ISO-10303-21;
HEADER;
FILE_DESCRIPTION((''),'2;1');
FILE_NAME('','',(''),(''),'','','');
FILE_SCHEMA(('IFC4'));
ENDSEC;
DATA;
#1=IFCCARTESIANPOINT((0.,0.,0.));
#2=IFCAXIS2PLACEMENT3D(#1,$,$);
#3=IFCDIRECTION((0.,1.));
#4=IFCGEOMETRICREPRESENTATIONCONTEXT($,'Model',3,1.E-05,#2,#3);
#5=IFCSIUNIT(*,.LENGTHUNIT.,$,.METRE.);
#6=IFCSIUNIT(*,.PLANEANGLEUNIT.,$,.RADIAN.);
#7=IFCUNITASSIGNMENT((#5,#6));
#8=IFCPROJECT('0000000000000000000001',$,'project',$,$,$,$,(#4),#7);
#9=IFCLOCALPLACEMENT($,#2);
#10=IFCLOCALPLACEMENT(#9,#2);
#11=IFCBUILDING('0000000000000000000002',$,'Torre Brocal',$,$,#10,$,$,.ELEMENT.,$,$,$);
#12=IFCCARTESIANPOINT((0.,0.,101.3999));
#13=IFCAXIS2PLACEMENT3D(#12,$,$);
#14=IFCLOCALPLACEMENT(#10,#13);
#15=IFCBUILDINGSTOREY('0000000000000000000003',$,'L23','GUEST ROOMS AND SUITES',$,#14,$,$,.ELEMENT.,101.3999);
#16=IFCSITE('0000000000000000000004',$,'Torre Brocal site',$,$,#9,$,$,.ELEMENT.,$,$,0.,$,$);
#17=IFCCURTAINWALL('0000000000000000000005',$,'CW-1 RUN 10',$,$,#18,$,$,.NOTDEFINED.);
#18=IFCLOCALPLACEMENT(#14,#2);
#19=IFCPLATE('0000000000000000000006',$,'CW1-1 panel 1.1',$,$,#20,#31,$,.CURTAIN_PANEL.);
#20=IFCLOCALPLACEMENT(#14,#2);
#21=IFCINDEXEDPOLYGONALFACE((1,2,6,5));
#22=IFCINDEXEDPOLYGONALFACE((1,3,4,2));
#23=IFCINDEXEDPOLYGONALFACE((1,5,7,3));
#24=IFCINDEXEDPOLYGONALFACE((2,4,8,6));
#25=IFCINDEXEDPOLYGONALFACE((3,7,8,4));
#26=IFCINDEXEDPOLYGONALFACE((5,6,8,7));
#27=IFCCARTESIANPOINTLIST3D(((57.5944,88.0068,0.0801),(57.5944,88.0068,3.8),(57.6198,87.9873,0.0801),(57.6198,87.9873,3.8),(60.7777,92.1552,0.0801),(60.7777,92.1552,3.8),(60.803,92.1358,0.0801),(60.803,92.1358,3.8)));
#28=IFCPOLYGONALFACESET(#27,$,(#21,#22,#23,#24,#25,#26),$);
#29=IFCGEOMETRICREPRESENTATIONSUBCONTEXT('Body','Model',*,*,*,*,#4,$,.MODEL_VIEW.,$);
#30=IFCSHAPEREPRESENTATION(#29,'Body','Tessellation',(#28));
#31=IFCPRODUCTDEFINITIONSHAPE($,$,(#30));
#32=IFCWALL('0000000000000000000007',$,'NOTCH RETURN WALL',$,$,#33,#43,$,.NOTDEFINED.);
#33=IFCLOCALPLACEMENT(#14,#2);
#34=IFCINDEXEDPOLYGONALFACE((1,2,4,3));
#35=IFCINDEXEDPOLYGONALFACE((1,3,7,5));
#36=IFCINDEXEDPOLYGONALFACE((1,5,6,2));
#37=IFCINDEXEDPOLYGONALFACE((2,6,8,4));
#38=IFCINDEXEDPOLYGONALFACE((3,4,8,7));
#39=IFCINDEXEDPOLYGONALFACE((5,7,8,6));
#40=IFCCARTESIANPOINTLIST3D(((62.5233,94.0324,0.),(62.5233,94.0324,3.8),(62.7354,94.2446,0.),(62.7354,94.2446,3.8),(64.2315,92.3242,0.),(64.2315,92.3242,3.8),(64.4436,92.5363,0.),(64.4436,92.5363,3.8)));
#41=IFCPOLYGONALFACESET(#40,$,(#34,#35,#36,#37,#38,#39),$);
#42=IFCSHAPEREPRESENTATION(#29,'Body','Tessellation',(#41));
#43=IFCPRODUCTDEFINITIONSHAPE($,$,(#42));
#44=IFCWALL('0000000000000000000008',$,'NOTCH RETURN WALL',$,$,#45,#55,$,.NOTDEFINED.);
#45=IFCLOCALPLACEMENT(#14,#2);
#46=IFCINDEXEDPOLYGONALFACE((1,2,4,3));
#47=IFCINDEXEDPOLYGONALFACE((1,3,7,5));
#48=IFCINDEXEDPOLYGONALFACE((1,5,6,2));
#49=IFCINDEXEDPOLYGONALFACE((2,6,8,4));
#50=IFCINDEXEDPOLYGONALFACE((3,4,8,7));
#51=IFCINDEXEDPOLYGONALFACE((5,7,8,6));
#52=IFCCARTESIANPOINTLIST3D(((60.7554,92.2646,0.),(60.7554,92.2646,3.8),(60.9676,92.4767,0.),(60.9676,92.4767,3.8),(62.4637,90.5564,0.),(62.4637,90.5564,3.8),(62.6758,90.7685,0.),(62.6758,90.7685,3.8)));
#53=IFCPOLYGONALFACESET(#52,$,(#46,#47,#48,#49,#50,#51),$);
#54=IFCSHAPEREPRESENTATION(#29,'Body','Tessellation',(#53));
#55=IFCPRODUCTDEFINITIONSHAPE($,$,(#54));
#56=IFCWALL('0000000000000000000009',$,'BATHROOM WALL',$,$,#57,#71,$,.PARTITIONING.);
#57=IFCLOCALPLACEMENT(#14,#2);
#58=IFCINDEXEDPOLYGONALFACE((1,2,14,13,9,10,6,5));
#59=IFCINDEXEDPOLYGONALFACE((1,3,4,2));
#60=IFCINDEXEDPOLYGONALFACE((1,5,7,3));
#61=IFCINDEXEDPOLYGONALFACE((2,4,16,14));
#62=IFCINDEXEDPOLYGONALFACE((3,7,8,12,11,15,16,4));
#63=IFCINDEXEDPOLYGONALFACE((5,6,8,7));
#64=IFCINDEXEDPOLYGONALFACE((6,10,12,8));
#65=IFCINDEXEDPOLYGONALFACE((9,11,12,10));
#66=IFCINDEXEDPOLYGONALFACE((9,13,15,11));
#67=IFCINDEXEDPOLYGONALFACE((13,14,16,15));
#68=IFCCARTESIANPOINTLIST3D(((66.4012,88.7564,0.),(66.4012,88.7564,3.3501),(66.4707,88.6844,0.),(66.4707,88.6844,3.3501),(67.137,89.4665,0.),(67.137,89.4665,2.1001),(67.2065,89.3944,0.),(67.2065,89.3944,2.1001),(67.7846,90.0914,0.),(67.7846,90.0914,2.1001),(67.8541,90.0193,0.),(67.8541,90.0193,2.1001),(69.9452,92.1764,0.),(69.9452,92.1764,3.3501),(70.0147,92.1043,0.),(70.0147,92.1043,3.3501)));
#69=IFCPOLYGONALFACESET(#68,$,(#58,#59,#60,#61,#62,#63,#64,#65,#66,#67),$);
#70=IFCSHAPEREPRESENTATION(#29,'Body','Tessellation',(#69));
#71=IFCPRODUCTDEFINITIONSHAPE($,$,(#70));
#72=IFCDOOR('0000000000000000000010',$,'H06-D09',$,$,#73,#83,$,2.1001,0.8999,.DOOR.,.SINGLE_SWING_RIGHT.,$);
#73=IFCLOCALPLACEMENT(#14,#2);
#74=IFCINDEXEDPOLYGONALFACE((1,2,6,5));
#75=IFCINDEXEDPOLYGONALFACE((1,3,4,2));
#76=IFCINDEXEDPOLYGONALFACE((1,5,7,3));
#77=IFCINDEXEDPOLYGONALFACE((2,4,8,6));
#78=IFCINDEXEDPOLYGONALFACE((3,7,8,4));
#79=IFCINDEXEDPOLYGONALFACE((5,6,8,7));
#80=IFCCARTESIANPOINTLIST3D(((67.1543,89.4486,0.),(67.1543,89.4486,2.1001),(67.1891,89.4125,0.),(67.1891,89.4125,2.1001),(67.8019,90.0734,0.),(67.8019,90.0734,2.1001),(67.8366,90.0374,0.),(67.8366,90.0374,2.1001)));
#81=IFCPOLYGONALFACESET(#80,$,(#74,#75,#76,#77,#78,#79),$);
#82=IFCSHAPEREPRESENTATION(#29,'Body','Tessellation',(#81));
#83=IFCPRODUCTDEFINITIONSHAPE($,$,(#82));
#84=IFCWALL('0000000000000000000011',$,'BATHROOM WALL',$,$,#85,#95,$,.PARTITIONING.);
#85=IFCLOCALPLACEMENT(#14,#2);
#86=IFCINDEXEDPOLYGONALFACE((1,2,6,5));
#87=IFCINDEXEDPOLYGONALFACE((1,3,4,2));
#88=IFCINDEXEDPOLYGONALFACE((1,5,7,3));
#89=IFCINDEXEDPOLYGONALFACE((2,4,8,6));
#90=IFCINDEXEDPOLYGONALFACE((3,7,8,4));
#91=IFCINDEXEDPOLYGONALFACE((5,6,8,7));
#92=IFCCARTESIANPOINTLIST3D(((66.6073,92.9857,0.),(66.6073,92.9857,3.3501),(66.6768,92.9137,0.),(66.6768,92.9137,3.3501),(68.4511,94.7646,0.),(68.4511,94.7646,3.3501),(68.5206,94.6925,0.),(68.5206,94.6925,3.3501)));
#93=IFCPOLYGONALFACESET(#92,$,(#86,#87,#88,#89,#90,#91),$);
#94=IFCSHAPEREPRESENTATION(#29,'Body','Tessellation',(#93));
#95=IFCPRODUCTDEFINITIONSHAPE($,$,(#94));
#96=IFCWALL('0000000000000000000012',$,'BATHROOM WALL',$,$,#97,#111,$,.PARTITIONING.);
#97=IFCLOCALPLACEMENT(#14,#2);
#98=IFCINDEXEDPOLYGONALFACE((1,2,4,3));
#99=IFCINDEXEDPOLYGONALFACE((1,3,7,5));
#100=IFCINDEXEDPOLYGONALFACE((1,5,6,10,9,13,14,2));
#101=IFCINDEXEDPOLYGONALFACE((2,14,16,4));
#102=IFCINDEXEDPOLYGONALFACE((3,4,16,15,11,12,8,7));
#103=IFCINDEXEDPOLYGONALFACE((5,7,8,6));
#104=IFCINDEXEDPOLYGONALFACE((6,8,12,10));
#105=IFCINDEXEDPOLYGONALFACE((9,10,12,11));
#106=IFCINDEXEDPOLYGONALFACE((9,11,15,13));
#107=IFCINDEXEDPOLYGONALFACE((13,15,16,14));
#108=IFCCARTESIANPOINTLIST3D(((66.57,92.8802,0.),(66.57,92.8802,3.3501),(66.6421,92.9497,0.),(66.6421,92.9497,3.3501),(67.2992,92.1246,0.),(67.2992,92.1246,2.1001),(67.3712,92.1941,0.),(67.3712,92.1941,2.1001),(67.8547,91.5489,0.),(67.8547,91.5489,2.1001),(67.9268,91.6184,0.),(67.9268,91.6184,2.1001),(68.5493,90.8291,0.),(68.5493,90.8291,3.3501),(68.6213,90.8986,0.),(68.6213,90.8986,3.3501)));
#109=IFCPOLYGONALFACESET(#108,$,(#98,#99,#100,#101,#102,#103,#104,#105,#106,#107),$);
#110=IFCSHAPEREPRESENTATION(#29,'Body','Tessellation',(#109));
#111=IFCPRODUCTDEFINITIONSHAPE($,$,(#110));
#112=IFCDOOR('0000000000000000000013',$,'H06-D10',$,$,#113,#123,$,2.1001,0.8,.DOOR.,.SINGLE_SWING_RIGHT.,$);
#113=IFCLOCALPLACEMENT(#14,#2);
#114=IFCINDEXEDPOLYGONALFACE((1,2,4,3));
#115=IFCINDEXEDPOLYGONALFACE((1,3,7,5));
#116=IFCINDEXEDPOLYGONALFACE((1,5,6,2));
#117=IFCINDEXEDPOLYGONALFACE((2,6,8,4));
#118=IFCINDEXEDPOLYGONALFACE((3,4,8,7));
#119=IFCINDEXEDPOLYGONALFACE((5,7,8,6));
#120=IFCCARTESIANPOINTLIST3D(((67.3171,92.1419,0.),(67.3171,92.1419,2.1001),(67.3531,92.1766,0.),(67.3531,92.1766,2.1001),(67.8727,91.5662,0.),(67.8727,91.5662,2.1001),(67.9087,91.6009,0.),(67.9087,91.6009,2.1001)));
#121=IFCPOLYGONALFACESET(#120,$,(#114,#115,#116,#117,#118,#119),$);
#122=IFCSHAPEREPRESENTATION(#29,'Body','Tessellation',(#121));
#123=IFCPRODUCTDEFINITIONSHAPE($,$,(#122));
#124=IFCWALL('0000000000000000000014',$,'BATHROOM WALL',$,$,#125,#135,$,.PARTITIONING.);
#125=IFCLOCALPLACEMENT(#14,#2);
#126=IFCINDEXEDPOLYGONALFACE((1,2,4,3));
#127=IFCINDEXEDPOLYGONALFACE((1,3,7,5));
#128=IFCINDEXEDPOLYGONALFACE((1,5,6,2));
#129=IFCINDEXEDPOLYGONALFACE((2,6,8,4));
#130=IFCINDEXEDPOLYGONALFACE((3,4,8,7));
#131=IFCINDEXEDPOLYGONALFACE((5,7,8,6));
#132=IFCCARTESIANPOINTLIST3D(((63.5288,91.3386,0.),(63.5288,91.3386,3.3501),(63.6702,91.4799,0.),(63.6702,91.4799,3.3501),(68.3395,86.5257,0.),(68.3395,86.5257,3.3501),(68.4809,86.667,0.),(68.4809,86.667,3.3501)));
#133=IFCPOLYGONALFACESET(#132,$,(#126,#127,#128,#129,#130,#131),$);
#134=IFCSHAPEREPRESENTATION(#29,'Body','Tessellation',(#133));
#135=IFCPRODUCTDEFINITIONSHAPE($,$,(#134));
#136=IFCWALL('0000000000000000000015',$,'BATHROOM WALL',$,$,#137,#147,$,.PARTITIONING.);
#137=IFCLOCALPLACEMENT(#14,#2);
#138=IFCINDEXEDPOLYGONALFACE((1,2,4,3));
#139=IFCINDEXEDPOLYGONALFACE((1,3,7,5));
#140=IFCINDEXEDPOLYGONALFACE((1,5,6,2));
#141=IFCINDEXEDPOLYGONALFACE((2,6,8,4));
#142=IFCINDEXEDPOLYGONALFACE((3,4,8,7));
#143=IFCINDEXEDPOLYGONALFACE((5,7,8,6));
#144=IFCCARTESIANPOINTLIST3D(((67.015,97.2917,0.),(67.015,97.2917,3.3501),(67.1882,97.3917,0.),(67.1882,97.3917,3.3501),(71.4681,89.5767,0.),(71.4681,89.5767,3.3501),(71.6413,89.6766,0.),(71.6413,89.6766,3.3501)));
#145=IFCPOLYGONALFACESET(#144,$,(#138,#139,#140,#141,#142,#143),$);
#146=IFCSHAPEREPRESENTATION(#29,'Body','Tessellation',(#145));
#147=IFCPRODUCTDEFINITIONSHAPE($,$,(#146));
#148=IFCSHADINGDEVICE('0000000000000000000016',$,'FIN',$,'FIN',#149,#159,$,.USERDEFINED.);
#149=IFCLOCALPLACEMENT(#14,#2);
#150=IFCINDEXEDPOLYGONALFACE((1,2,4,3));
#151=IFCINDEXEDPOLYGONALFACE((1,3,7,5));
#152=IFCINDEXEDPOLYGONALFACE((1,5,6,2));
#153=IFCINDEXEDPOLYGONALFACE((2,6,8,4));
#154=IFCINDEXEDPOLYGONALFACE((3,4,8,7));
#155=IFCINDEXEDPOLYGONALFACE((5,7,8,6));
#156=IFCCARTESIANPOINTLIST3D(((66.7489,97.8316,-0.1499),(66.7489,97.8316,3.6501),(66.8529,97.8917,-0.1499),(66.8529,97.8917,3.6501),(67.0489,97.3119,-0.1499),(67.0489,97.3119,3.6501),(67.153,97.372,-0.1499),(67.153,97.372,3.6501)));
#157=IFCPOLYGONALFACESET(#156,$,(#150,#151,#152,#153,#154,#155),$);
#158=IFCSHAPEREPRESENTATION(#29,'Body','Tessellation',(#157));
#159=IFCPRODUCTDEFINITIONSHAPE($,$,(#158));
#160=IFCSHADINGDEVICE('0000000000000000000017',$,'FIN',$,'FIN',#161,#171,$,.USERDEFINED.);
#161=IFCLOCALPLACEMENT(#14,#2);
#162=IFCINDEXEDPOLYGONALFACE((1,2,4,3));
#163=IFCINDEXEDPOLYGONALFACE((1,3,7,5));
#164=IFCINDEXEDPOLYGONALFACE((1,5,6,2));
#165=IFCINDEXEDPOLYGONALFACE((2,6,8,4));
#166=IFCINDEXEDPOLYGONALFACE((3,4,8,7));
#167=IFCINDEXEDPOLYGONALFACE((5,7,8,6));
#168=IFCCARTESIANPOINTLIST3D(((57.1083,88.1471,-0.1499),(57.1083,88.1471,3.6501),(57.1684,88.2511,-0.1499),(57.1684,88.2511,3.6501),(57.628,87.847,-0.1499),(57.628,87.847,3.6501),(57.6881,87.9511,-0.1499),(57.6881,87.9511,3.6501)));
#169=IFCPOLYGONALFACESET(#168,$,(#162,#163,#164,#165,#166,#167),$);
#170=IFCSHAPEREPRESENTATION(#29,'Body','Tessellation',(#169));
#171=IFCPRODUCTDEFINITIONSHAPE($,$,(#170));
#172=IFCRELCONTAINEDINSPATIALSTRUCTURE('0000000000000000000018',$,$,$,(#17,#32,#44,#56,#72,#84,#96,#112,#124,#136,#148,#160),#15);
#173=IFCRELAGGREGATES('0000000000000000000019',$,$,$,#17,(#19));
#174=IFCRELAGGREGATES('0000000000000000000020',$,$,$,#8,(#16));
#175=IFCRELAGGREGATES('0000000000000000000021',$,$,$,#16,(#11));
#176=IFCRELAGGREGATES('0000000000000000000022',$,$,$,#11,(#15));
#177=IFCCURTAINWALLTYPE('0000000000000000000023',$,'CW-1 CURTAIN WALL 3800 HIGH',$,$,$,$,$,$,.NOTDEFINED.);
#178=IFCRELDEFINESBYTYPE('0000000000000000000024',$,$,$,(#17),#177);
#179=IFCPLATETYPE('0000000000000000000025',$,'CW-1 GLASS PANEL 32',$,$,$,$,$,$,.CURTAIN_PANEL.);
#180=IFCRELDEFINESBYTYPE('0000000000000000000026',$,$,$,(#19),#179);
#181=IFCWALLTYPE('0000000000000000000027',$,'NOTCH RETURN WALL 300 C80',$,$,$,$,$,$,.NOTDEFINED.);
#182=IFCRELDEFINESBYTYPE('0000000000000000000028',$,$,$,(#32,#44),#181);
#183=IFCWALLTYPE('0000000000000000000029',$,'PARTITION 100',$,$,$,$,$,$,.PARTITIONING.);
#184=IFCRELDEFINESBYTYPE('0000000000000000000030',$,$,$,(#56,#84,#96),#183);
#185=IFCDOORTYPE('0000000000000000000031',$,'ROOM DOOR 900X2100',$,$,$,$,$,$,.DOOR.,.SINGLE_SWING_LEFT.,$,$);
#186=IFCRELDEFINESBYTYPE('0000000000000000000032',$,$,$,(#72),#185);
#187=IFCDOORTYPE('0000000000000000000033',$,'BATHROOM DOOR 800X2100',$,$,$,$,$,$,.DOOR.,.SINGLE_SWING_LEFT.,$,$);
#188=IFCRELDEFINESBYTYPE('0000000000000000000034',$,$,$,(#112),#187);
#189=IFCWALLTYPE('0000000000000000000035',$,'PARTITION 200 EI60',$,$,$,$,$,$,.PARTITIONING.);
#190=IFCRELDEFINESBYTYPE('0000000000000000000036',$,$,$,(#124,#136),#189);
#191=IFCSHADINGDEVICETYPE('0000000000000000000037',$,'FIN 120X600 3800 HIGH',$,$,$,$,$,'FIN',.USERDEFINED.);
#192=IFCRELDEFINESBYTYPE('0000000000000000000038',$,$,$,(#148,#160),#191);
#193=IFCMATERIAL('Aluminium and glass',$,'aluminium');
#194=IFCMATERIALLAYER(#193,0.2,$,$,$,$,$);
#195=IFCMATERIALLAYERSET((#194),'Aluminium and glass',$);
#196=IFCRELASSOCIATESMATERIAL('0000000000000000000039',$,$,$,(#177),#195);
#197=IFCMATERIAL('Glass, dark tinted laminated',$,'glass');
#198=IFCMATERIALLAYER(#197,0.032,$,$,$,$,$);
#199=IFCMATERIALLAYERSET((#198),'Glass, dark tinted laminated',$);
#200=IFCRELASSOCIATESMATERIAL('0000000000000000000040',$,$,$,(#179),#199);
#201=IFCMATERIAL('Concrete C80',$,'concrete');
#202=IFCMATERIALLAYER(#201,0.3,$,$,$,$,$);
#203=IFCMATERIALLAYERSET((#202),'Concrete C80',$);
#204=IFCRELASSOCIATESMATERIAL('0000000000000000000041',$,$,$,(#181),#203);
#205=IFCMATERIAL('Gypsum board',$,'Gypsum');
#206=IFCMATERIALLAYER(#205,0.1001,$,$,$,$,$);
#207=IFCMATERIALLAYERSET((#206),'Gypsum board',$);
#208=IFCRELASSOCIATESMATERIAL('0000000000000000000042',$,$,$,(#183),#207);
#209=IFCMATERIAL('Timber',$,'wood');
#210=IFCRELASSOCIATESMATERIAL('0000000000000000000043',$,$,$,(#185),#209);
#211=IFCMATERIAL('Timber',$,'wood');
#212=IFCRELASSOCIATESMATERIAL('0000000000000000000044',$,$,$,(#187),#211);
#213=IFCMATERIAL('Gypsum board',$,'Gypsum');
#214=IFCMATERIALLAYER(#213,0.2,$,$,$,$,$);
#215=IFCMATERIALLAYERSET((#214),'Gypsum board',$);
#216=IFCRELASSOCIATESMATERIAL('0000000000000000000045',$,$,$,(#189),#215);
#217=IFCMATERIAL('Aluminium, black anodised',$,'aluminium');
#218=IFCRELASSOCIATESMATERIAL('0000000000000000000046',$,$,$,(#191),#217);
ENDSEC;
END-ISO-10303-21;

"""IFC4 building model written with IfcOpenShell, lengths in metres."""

from ifc_helpers import new_model, si_unit, direction, frame, frame_2d, origin, origin_2d, place, context, subcontext, project, spatial, rectangle, extrude, material, layer, layer_set, material_profile, profile_set, type_object, element, fill, aggregate, save


model = new_model("IFC4")

# Units and contexts
model_context = context("Model", 3, precision=1e-05, world=origin(), true_north=direction((0.0, 1.0)))
body_context = subcontext(model_context, "Body", "Model", "MODEL_VIEW")
ifc_project = project(units=[si_unit("LENGTHUNIT", "METRE"), si_unit("PLANEANGLEUNIT", "RADIAN")], contexts=[model_context])

# Site, building, storey
site_placement = place(None, origin())
site = spatial("IfcSite", under=ifc_project, at=site_placement, Name="Torre Brocal site", CompositionType="ELEMENT", RefElevation=0.0)
building_placement = place(site_placement, origin())
building = spatial("IfcBuilding", under=site, at=building_placement, Name="Torre Brocal", CompositionType="ELEMENT")
storey_placement = place(building_placement, frame((0.0, 0.0, 101.3999)))
storey = spatial("IfcBuildingStorey", under=building, at=storey_placement, Name="L23", Description="GUEST ROOMS AND SUITES", CompositionType="ELEMENT", Elevation=101.3999)

# Shared definitions
ifc_material_1 = material(Name="Aluminium and glass", Category="aluminium")
ifc_layer_1 = layer(ifc_material_1, 0.2)
ifc_layer_set_1 = layer_set([ifc_layer_1], Name="Aluminium and glass")
curtain_wall_type = type_object("IfcCurtainWallType", Name="CW-1 CURTAIN WALL 3800 HIGH", PredefinedType="NOTDEFINED", material=ifc_layer_set_1)

# Curtain wall
curtain_wall_1_placement = place(storey_placement, origin())
curtain_wall_1 = element("IfcCurtainWall", 1, at=curtain_wall_1_placement, inside=storey, type_object=curtain_wall_type, Name="CW-1 RUN 10", PredefinedType="NOTDEFINED")

# Plate
ifc_material_2 = material(Name="Glass, dark tinted laminated", Category="glass")
ifc_layer_2 = layer(ifc_material_2, 0.032)
ifc_layer_set_2 = layer_set([ifc_layer_2], Name="Glass, dark tinted laminated")
plate_type = type_object("IfcPlateType", Name="CW-1 GLASS PANEL 32", PredefinedType="CURTAIN_PANEL", material=ifc_layer_set_2)
plate_1_placement = place(storey_placement, frame((59.1987, 90.0713, 0.0801), z_axis=(0.0, 0.0, 1.0), x_axis=(-0.608761, -0.793353, 0.0)))
plate_1 = element("IfcPlate", 2, at=plate_1_placement, type_object=plate_type, Name="CW1-1 panel 1.1", PredefinedType="CURTAIN_PANEL", context=body_context, shape_type="SweptSolid", body=[
    extrude(rectangle(XDim=5.229, YDim=0.032, at=origin_2d()), origin(), (0.0, 0.0, 1.0), 3.72),
])
aggregate(curtain_wall_1, [plate_1])

# Walls
ifc_material_3 = material(Name="Concrete C80", Category="concrete")
ifc_layer_3 = layer(ifc_material_3, 0.3)
ifc_layer_set_3 = layer_set([ifc_layer_3], Name="Concrete C80")
wall_type_1 = type_object("IfcWallType", Name="NOTCH RETURN WALL 300 C80", PredefinedType="NOTDEFINED", material=ifc_layer_set_3)
for number, where, z_axis, x_axis, name in (
    (3, (64.3376, 92.4302, 0.0), (0.0, 0.0, 1.0), (-0.707107, 0.707107, 0.0), "NOTCH RETURN WALL"),
    (4, (62.5698, 90.6624, 0.0), (0.0, 0.0, 1.0), (-0.707107, 0.707107, 0.0), "NOTCH RETURN WALL"),
):
    element("IfcWall", number, at=place(storey_placement, frame(where, z_axis=z_axis, x_axis=x_axis)), inside=storey, type_object=wall_type_1, Name=name, PredefinedType="NOTDEFINED", context=body_context, shape_type="SweptSolid", body=[
        extrude(rectangle(XDim=2.4158, YDim=0.3, at=frame_2d((1.208, 0.0))), origin(), (0.0, 0.0, 1.0), 3.8),
    ])

# Wall, opening, door
ifc_material_4 = material(Name="Gypsum board", Category="Gypsum")
ifc_layer_4 = layer(ifc_material_4, 0.1001)
ifc_layer_set_4 = layer_set([ifc_layer_4], Name="Gypsum board")
wall_type_2 = type_object("IfcWallType", Name="PARTITION 100", PredefinedType="PARTITIONING", material=ifc_layer_set_4)
wall_1_placement = place(storey_placement, frame((66.436, 88.7205, 0.0), z_axis=(0.0, 0.0, 1.0), x_axis=(0.719586, 0.694403, 0.0)))
wall_1 = element("IfcWall", 5, at=wall_1_placement, inside=storey, type_object=wall_type_2, Name="BATHROOM WALL", PredefinedType="PARTITIONING", context=body_context, shape_type="SweptSolid", body=[
    extrude(rectangle(XDim=4.925, YDim=0.1001, at=frame_2d((2.4624, 0.0))), origin(), (0.0, 0.0, 1.0), 3.3501),
])
opening_1_placement = place(wall_1_placement, frame((1.0225, 0.0, 0.0)))
opening_1 = element("IfcOpeningElement", 6, at=opening_1_placement, cuts=wall_1, PredefinedType="OPENING", context=body_context, shape_type="SweptSolid", body=[
    extrude(rectangle(XDim=0.8999, YDim=2.1001, at=frame_2d((0.45, 1.05))), frame((0.0, 0.0601, 0.0), z_axis=(0.0, -1.0, 0.0), x_axis=(1.0, 0.0, 0.0)), (0.0, 0.0, 1.0), 0.1201),
])
ifc_material_5 = material(Name="Timber", Category="wood")
door_type_1 = type_object("IfcDoorType", Name="ROOM DOOR 900X2100", OperationType="SINGLE_SWING_LEFT", PredefinedType="DOOR", material=ifc_material_5)
door_1_placement = place(opening_1_placement, frame((0.8999, 0.0, 0.0), z_axis=(0.0, 0.0, 1.0), x_axis=(-1.0, 0.0, 0.0)))
door_1 = element("IfcDoor", 7, at=door_1_placement, inside=storey, type_object=door_type_1, Name="H06-D09", OperationType="SINGLE_SWING_RIGHT", OverallHeight=2.1001, OverallWidth=0.8999, PredefinedType="DOOR", context=body_context, shape_type="SweptSolid", body=[
    extrude(rectangle(XDim=0.8999, YDim=2.1001, at=frame_2d((0.45, 1.05))), frame((0.0, 0.0249, 0.0), z_axis=(0.0, -1.0, 0.0), x_axis=(1.0, 0.0, 0.0)), (0.0, 0.0, 1.0), 0.05),
])
fill(opening_1, door_1)

# Wall
wall_2_placement = place(storey_placement, frame((66.6421, 92.9497, 0.0), z_axis=(0.0, 0.0, 1.0), x_axis=(0.719667, 0.694319, 0.0)))
element("IfcWall", 8, at=wall_2_placement, inside=storey, type_object=wall_type_2, Name="BATHROOM WALL", PredefinedType="PARTITIONING", context=body_context, shape_type="SweptSolid", body=[
    extrude(rectangle(XDim=2.562, YDim=0.1001, at=frame_2d((1.281, 0.0))), origin(), (0.0, 0.0, 1.0), 3.3501),
])

# Wall, opening, door
wall_3_placement = place(storey_placement, frame((66.606, 92.915, 0.0), z_axis=(0.0, 0.0, 1.0), x_axis=(0.694403, -0.719586, 0.0)))
wall_3 = element("IfcWall", 9, at=wall_3_placement, inside=storey, type_object=wall_type_2, Name="BATHROOM WALL", PredefinedType="PARTITIONING", context=body_context, shape_type="SweptSolid", body=[
    extrude(rectangle(XDim=2.8503, YDim=0.1001, at=frame_2d((1.4253, 0.0))), origin(), (0.0, 0.0, 1.0), 3.3501),
])
opening_2_placement = place(wall_3_placement, frame((1.0503, 0.0, 0.0)))
opening_2 = element("IfcOpeningElement", 10, at=opening_2_placement, cuts=wall_3, PredefinedType="OPENING", context=body_context, shape_type="SweptSolid", body=[
    extrude(rectangle(XDim=0.8, YDim=2.1001, at=frame_2d((0.3999, 1.05))), frame((0.0, 0.0601, 0.0), z_axis=(0.0, -1.0, 0.0), x_axis=(1.0, 0.0, 0.0)), (0.0, 0.0, 1.0), 0.1201),
])
ifc_material_6 = material(Name="Timber", Category="wood")
door_type_2 = type_object("IfcDoorType", Name="BATHROOM DOOR 800X2100", OperationType="SINGLE_SWING_LEFT", PredefinedType="DOOR", material=ifc_material_6)
door_2_placement = place(opening_2_placement, origin())
door_2 = element("IfcDoor", 11, at=door_2_placement, inside=storey, type_object=door_type_2, Name="H06-D10", OperationType="SINGLE_SWING_RIGHT", OverallHeight=2.1001, OverallWidth=0.8, PredefinedType="DOOR", context=body_context, shape_type="SweptSolid", body=[
    extrude(rectangle(XDim=0.8, YDim=2.1001, at=frame_2d((0.3999, 1.05))), frame((0.0, 0.0249, 0.0), z_axis=(0.0, -1.0, 0.0), x_axis=(1.0, 0.0, 0.0)), (0.0, 0.0, 1.0), 0.05),
])
fill(opening_2, door_2)

# Walls
ifc_material_7 = material(Name="Gypsum board", Category="Gypsum")
ifc_layer_5 = layer(ifc_material_7, 0.2)
ifc_layer_set_5 = layer_set([ifc_layer_5], Name="Gypsum board")
wall_type_3 = type_object("IfcWallType", Name="PARTITION 200 EI60", PredefinedType="PARTITIONING", material=ifc_layer_set_5)
wall_4_placement = place(storey_placement, frame((63.5996, 91.4092, 0.0), z_axis=(0.0, 0.0, 1.0), x_axis=(0.706945, -0.707268, 0.0)))
element("IfcWall", 12, at=wall_4_placement, inside=storey, type_object=wall_type_3, Name="BATHROOM WALL", PredefinedType="PARTITIONING", context=body_context, shape_type="SweptSolid", body=[
    extrude(rectangle(XDim=6.8049, YDim=0.2, at=frame_2d((3.4023, 0.0))), origin(), (0.0, 0.0, 1.0), 3.3501),
])
wall_5_placement = place(storey_placement, frame((67.1016, 97.3418, 0.0), z_axis=(0.0, 0.0, 1.0), x_axis=(0.4999, -0.866083, 0.0)))
element("IfcWall", 13, at=wall_5_placement, inside=storey, type_object=wall_type_3, Name="BATHROOM WALL", PredefinedType="PARTITIONING", context=body_context, shape_type="SweptSolid", body=[
    extrude(rectangle(XDim=8.908, YDim=0.2, at=frame_2d((4.4541, 0.0))), origin(), (0.0, 0.0, 1.0), 3.3501),
])

# Shading devices
ifc_material_8 = material(Name="Aluminium, black anodised", Category="aluminium")
ifc_material_profile_1 = material_profile(ifc_material_8, rectangle(XDim=0.1201, YDim=0.6001, at=origin_2d()), Name="FIN 120X600 3800 HIGH")
ifc_profile_set_1 = profile_set([ifc_material_profile_1], Name="Aluminium, black anodised")
shading_device_type = type_object("IfcShadingDeviceType", Name="FIN 120X600 3800 HIGH", ElementType="FIN", PredefinedType="USERDEFINED", material=ifc_profile_set_1)
for number, where, z_axis, x_axis, name in (
    (14, (66.9509, 97.6018, -0.1499), (0.0, 0.0, 1.0), (-0.866025, -0.5, 0.0), "FIN"),
    (15, (57.3982, 88.0491, -0.1499), (0.0, 0.0, 1.0), (-0.5, -0.866025, 0.0), "FIN"),
):
    element("IfcShadingDevice", number, at=place(storey_placement, frame(where, z_axis=z_axis, x_axis=x_axis)), inside=storey, type_object=shading_device_type, Name=name, ObjectType="FIN", PredefinedType="USERDEFINED", context=body_context, shape_type="SweptSolid", body=[
        extrude(rectangle(XDim=0.1201, YDim=0.6001, at=origin_2d()), origin(), (0.0, 0.0, 1.0), 3.8),
    ])

save(model, "model.ifc")
